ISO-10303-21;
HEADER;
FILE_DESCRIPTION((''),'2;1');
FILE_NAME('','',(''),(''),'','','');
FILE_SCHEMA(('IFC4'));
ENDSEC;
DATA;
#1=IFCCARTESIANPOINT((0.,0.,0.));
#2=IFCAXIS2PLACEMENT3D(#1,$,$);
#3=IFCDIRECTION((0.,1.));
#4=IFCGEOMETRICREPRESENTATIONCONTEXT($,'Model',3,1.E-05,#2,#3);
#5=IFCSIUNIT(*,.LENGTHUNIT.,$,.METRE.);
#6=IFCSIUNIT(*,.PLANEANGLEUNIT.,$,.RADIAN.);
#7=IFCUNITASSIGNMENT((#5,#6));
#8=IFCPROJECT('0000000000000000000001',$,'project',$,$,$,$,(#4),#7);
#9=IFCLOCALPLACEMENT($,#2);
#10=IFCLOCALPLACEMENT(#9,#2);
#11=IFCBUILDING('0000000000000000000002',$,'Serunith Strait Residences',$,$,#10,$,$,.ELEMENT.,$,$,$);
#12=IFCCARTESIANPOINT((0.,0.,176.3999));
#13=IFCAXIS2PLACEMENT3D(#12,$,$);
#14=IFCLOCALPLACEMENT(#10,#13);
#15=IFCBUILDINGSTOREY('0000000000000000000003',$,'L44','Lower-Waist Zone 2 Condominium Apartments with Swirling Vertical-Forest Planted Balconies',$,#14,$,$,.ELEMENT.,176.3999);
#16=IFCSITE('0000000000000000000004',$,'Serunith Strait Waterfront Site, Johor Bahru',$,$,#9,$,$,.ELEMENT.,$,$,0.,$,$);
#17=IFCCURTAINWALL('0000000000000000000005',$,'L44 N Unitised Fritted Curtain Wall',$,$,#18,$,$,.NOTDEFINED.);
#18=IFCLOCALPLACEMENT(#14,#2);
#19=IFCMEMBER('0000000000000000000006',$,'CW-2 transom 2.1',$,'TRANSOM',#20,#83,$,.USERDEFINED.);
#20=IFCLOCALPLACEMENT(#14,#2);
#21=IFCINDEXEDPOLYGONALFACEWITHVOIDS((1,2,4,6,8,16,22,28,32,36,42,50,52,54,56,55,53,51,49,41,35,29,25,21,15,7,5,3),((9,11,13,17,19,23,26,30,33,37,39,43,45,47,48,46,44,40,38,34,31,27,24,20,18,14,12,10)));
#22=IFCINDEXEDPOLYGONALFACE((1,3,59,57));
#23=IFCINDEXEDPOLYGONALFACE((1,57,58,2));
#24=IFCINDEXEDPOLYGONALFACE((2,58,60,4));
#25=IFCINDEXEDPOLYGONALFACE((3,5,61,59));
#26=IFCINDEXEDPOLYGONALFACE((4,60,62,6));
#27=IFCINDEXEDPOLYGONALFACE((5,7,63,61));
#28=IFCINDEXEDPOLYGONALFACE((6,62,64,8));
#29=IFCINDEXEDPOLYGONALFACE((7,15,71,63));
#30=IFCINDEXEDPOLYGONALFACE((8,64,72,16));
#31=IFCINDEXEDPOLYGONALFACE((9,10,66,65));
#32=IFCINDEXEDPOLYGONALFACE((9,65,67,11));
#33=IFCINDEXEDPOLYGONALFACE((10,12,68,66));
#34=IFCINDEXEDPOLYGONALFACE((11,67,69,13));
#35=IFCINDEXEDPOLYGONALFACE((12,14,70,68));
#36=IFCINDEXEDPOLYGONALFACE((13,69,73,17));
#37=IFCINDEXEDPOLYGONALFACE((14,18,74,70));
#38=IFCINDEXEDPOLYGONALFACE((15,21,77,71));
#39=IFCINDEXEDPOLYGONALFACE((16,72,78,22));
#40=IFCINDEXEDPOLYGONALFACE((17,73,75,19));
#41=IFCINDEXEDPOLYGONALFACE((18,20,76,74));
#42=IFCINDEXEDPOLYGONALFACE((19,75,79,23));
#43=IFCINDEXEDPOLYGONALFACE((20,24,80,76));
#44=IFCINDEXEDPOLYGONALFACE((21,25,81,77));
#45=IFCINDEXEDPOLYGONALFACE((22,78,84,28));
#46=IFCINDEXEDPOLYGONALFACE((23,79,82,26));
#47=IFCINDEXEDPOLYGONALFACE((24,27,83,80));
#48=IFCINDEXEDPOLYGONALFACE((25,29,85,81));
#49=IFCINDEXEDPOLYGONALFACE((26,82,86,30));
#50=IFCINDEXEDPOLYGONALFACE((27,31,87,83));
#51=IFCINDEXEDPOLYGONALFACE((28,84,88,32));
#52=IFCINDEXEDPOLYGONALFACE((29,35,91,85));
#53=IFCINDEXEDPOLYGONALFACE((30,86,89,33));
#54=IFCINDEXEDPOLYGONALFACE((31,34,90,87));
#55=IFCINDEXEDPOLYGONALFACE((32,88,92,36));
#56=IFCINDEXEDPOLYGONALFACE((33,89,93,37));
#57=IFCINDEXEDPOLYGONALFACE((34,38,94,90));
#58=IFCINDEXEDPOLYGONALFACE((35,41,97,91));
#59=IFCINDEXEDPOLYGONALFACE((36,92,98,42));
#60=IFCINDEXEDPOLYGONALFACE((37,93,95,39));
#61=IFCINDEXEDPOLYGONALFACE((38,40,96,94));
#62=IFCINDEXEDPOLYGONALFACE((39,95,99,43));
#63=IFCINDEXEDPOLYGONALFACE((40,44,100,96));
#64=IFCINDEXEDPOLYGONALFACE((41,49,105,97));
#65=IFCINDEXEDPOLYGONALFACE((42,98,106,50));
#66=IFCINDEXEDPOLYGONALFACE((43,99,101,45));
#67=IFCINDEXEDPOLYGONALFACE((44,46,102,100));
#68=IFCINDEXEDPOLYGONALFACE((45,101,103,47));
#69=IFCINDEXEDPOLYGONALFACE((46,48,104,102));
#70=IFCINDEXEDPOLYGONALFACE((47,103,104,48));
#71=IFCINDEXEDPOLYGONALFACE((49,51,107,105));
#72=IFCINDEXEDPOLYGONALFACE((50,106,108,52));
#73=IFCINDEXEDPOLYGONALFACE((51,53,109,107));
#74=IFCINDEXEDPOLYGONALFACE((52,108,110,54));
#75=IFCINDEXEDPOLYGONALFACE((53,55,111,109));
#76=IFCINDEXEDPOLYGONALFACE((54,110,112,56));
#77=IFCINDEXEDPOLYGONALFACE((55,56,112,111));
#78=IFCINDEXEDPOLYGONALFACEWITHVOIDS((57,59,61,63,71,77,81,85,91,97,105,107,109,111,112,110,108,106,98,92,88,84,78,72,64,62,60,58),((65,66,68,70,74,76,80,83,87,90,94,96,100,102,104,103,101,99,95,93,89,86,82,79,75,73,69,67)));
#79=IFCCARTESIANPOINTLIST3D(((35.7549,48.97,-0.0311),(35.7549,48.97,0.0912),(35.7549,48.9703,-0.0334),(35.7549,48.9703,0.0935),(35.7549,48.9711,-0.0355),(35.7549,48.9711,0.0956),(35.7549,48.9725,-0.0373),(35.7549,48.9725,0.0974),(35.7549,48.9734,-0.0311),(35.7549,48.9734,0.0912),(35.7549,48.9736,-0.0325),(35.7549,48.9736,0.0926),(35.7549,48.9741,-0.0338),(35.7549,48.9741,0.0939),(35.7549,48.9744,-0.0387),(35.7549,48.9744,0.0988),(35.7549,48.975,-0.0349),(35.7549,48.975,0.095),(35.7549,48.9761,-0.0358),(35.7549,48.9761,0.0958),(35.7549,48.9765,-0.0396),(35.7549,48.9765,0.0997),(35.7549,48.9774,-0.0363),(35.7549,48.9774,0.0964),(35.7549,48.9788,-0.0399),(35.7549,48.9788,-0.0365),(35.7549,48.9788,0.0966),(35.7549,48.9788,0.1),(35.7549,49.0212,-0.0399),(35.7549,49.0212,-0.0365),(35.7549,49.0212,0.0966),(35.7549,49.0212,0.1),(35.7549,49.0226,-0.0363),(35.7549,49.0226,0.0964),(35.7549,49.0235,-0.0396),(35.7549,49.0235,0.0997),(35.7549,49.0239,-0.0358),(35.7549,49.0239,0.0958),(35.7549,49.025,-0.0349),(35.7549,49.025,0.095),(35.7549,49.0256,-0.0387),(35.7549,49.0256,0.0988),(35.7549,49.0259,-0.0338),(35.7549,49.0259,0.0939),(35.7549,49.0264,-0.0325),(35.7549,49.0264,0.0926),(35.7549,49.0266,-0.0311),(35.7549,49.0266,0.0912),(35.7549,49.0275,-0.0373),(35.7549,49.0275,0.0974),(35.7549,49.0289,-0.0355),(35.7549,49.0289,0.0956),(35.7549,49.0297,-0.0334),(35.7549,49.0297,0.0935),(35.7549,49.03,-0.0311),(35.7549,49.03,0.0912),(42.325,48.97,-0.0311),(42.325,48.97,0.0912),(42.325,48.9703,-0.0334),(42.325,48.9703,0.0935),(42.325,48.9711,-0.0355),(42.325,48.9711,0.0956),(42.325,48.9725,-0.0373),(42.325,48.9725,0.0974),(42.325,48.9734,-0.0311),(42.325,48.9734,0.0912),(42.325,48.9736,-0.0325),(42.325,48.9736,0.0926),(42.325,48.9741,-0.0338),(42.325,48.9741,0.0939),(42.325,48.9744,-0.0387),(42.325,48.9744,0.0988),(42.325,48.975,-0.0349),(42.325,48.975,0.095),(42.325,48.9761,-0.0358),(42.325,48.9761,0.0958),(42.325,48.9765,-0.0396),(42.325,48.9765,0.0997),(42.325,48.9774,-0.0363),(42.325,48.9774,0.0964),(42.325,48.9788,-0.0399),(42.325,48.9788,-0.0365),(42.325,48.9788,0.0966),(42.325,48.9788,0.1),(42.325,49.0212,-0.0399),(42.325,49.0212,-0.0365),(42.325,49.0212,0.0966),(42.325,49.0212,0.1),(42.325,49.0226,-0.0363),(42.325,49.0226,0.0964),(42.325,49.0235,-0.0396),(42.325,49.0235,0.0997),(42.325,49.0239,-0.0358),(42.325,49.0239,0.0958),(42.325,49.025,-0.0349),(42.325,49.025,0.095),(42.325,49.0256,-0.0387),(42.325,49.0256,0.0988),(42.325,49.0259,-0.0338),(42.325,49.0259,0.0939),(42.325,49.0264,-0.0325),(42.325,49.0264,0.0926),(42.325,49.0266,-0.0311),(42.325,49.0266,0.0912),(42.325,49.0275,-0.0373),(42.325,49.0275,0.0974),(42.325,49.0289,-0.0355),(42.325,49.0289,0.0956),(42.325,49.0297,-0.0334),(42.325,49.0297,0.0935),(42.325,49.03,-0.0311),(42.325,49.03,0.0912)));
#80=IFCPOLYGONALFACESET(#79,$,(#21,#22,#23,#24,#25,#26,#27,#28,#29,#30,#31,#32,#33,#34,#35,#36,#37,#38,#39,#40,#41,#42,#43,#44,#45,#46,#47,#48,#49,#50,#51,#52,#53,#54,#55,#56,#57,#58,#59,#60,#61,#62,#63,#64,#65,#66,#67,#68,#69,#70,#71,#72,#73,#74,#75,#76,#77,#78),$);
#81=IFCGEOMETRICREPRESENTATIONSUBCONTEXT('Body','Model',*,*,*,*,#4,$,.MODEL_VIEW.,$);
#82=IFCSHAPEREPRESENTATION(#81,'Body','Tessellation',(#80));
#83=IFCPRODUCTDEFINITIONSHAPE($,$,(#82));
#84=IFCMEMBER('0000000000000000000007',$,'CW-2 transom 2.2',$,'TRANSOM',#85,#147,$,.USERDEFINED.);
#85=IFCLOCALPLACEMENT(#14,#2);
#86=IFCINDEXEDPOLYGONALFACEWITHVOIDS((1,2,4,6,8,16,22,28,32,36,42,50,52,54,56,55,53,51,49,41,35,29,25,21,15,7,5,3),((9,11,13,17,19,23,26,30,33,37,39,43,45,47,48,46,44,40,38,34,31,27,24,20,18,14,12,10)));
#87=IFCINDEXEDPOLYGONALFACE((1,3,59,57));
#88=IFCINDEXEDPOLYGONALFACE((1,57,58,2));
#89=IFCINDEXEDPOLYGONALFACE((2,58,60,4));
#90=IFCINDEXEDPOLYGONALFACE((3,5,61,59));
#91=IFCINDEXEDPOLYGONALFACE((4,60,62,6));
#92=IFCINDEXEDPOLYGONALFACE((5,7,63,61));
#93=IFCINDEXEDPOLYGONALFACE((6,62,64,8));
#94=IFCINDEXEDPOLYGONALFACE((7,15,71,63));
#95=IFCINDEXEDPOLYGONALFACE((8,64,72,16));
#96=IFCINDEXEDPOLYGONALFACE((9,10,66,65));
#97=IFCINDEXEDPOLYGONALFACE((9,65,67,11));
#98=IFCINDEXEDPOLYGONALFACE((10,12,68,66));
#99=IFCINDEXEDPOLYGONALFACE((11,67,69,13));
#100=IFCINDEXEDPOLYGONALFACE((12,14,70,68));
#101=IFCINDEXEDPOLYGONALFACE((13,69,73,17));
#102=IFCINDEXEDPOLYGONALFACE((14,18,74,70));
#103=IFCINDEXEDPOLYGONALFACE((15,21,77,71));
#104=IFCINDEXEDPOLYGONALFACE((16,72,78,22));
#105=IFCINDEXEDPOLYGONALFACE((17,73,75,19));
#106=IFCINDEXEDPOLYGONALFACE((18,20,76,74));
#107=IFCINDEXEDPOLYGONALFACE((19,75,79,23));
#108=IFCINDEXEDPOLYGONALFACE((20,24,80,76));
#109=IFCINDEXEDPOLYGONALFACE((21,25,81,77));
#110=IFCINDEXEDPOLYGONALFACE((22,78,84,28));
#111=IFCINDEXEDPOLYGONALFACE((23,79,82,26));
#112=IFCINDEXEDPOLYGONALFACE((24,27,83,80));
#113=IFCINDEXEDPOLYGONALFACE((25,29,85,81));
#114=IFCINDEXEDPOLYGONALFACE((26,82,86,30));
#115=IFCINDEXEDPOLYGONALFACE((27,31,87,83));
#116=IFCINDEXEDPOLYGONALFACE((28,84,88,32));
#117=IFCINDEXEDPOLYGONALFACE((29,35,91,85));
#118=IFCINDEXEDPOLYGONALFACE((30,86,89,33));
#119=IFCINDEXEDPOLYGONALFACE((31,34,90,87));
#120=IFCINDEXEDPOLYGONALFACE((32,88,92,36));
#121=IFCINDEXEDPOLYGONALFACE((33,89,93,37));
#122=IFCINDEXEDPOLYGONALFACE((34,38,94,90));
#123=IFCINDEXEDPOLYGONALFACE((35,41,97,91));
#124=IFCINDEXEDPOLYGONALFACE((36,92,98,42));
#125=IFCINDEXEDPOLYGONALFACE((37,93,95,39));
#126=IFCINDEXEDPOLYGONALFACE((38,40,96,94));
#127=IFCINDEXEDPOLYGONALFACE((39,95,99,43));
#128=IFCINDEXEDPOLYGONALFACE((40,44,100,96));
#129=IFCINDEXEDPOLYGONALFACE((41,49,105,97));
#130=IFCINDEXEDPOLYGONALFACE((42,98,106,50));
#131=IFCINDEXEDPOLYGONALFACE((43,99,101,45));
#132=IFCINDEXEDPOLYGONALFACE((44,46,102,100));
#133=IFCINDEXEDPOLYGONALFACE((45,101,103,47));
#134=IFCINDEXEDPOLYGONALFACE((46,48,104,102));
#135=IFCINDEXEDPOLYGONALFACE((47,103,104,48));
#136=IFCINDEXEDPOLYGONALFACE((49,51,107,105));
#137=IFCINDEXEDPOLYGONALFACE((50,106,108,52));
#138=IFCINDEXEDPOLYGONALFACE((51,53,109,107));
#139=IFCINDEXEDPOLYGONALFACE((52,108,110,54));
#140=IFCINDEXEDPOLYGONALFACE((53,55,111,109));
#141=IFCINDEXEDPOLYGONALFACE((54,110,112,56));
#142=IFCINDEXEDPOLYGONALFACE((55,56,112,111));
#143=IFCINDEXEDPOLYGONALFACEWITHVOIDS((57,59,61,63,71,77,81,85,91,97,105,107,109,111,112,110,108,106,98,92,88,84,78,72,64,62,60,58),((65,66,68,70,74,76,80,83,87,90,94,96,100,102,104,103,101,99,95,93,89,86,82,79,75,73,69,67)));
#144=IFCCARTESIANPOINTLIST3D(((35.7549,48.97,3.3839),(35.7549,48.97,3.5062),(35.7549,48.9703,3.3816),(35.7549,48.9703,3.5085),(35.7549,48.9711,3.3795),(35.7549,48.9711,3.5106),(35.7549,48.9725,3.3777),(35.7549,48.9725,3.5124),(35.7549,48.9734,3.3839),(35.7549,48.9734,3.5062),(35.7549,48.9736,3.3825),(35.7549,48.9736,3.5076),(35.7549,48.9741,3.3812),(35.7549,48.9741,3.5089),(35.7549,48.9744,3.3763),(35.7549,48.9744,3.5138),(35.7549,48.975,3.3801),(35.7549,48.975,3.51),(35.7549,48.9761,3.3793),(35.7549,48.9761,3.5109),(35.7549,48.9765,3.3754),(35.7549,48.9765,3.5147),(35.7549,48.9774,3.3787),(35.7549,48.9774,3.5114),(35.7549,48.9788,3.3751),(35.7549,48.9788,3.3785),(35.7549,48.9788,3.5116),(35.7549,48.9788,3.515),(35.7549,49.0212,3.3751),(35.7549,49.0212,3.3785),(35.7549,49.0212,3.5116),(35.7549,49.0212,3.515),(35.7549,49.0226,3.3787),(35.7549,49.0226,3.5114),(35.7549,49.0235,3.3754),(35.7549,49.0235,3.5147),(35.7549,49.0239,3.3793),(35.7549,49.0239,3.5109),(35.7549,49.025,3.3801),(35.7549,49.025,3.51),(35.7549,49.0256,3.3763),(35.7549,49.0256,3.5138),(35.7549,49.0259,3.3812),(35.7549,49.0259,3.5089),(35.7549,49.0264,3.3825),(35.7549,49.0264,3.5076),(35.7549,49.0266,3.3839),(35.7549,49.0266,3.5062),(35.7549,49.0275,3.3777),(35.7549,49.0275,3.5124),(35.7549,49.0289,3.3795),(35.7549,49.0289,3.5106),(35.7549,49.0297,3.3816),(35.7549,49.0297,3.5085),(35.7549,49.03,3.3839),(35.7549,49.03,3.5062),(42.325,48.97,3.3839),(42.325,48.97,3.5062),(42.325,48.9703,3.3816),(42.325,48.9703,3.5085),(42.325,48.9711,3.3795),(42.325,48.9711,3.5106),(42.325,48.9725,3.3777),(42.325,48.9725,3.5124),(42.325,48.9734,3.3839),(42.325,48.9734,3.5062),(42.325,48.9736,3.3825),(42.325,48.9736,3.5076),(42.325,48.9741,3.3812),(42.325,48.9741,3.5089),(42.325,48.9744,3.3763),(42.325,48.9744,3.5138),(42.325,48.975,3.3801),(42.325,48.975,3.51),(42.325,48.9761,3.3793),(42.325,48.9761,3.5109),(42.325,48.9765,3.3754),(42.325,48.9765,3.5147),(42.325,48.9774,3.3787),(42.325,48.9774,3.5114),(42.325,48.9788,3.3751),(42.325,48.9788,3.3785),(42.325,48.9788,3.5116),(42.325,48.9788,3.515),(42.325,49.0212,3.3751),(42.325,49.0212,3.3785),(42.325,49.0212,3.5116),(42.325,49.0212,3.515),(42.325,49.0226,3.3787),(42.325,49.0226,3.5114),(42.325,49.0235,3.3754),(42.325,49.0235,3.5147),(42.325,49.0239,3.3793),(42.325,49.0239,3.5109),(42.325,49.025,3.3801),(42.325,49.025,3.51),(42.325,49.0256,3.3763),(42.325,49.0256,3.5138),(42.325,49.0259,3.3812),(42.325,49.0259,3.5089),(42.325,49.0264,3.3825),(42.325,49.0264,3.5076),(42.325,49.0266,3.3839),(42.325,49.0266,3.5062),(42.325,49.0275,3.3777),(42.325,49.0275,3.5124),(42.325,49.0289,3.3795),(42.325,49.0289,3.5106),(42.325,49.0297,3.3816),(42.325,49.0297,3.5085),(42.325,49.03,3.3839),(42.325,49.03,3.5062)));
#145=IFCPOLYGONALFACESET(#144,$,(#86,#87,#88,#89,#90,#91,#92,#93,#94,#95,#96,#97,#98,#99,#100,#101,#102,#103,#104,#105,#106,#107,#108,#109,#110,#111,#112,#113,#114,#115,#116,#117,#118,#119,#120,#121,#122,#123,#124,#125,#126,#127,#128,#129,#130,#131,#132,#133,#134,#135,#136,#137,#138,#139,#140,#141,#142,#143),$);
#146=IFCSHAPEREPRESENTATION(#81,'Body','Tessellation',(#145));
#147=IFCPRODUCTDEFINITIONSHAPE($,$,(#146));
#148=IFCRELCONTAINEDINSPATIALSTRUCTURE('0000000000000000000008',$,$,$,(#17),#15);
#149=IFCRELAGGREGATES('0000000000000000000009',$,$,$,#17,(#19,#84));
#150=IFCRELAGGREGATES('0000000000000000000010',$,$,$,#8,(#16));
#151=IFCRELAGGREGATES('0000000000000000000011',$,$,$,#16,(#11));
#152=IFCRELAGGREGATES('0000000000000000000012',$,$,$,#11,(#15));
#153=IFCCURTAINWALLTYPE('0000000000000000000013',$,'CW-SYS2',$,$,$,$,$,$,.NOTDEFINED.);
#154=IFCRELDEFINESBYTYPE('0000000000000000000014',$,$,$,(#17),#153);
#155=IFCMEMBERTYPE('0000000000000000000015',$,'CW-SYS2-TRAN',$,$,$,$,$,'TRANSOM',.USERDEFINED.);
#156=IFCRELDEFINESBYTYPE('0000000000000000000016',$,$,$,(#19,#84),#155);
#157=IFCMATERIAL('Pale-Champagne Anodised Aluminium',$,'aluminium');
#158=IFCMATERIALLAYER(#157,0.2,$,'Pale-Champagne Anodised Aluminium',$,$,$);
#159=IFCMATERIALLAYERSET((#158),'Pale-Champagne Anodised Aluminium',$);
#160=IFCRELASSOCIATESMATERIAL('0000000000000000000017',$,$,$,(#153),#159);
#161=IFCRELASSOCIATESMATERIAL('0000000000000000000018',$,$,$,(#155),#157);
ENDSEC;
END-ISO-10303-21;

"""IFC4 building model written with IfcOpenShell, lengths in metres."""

from ifc_helpers import new_model, si_unit, direction, frame, origin, origin_2d, place, context, subcontext, project, spatial, hollow_rectangle, extrude, source, transform, mapped, material, layer, layer_set, material_profile, profile_set, type_object, element, aggregate, save


model = new_model("IFC4")

# Units and contexts
model_context = context("Model", 3, precision=1e-05, world=origin(), true_north=direction((0.0, 1.0)))
body_context = subcontext(model_context, "Body", "Model", "MODEL_VIEW")
ifc_project = project(units=[si_unit("LENGTHUNIT", "METRE"), si_unit("PLANEANGLEUNIT", "RADIAN")], contexts=[model_context])

# Site, building, storey
site_placement = place(None, origin())
site = spatial("IfcSite", under=ifc_project, at=site_placement, Name="Serunith Strait Waterfront Site, Johor Bahru", CompositionType="ELEMENT", RefElevation=0.0)
building_placement = place(site_placement, origin())
building = spatial("IfcBuilding", under=site, at=building_placement, Name="Serunith Strait Residences", CompositionType="ELEMENT")
storey_placement = place(building_placement, frame((0.0, 0.0, 176.3999)))
storey = spatial("IfcBuildingStorey", under=building, at=storey_placement, Name="L44", Description="Lower-Waist Zone 2 Condominium Apartments with Swirling Vertical-Forest Planted Balconies", CompositionType="ELEMENT", Elevation=176.3999)

# Curtain wall, members
ifc_material_1 = material(Name="Pale-Champagne Anodised Aluminium", Category="aluminium")
ifc_layer_1 = layer(ifc_material_1, 0.2, Name="Pale-Champagne Anodised Aluminium")
ifc_layer_set_1 = layer_set([ifc_layer_1], Name="Pale-Champagne Anodised Aluminium")
curtain_wall_type = type_object("IfcCurtainWallType", Name="CW-SYS2", PredefinedType="NOTDEFINED", material=ifc_layer_set_1)
curtain_wall_placement = place(storey_placement, origin())
curtain_wall = element("IfcCurtainWall", 1, at=curtain_wall_placement, inside=storey, type_object=curtain_wall_type, Name="L44 N Unitised Fritted Curtain Wall", PredefinedType="NOTDEFINED")
ifc_material_profile_1 = material_profile(ifc_material_1, hollow_rectangle(XDim=0.0601, YDim=0.1399, WallThickness=0.0034, InnerFilletRadius=0.0054, OuterFilletRadius=0.0088, at=origin_2d()), Name="ALU 140x60x3.5")
ifc_profile_set_1 = profile_set([ifc_material_profile_1], Name="Pale-Champagne Anodised Aluminium")
member_type_1 = type_object("IfcMemberType", Name="CW-SYS2-TRAN", ElementType="TRANSOM", PredefinedType="USERDEFINED", material=ifc_profile_set_1)
shared_shape_1 = source(origin(), body_context, "Body", "SweptSolid", [
    extrude(hollow_rectangle(XDim=0.0601, YDim=0.1399, WallThickness=0.0034, InnerFilletRadius=0.0054, OuterFilletRadius=0.0088, at=origin_2d()), origin(), (0.0, 0.0, 1.0), 6.5701),
])
member_1_placement = place(storey_placement, frame((42.325, 49.0, 0.03), z_axis=(-1.0, 0.0, 0.0), x_axis=(0.0, -1.0, 0.0)))
member_1 = element("IfcMember", 2, at=member_1_placement, type_object=member_type_1, Name="CW-2 transom 2.1", ObjectType="TRANSOM", PredefinedType="USERDEFINED", context=body_context, shape_type="MappedRepresentation", body=[
    mapped(shared_shape_1, transform((0.0, 0.0, 0.0), scale=1.0)),
])
member_2_placement = place(storey_placement, frame((42.325, 49.0, 3.4451), z_axis=(-1.0, 0.0, 0.0), x_axis=(0.0, -1.0, 0.0)))
member_2 = element("IfcMember", 3, at=member_2_placement, type_object=member_type_1, Name="CW-2 transom 2.2", ObjectType="TRANSOM", PredefinedType="USERDEFINED", context=body_context, shape_type="MappedRepresentation", body=[
    mapped(shared_shape_1, transform((0.0, 0.0, 0.0), scale=1.0)),
])
aggregate(curtain_wall, [member_1, member_2])

save(model, "model.ifc")
